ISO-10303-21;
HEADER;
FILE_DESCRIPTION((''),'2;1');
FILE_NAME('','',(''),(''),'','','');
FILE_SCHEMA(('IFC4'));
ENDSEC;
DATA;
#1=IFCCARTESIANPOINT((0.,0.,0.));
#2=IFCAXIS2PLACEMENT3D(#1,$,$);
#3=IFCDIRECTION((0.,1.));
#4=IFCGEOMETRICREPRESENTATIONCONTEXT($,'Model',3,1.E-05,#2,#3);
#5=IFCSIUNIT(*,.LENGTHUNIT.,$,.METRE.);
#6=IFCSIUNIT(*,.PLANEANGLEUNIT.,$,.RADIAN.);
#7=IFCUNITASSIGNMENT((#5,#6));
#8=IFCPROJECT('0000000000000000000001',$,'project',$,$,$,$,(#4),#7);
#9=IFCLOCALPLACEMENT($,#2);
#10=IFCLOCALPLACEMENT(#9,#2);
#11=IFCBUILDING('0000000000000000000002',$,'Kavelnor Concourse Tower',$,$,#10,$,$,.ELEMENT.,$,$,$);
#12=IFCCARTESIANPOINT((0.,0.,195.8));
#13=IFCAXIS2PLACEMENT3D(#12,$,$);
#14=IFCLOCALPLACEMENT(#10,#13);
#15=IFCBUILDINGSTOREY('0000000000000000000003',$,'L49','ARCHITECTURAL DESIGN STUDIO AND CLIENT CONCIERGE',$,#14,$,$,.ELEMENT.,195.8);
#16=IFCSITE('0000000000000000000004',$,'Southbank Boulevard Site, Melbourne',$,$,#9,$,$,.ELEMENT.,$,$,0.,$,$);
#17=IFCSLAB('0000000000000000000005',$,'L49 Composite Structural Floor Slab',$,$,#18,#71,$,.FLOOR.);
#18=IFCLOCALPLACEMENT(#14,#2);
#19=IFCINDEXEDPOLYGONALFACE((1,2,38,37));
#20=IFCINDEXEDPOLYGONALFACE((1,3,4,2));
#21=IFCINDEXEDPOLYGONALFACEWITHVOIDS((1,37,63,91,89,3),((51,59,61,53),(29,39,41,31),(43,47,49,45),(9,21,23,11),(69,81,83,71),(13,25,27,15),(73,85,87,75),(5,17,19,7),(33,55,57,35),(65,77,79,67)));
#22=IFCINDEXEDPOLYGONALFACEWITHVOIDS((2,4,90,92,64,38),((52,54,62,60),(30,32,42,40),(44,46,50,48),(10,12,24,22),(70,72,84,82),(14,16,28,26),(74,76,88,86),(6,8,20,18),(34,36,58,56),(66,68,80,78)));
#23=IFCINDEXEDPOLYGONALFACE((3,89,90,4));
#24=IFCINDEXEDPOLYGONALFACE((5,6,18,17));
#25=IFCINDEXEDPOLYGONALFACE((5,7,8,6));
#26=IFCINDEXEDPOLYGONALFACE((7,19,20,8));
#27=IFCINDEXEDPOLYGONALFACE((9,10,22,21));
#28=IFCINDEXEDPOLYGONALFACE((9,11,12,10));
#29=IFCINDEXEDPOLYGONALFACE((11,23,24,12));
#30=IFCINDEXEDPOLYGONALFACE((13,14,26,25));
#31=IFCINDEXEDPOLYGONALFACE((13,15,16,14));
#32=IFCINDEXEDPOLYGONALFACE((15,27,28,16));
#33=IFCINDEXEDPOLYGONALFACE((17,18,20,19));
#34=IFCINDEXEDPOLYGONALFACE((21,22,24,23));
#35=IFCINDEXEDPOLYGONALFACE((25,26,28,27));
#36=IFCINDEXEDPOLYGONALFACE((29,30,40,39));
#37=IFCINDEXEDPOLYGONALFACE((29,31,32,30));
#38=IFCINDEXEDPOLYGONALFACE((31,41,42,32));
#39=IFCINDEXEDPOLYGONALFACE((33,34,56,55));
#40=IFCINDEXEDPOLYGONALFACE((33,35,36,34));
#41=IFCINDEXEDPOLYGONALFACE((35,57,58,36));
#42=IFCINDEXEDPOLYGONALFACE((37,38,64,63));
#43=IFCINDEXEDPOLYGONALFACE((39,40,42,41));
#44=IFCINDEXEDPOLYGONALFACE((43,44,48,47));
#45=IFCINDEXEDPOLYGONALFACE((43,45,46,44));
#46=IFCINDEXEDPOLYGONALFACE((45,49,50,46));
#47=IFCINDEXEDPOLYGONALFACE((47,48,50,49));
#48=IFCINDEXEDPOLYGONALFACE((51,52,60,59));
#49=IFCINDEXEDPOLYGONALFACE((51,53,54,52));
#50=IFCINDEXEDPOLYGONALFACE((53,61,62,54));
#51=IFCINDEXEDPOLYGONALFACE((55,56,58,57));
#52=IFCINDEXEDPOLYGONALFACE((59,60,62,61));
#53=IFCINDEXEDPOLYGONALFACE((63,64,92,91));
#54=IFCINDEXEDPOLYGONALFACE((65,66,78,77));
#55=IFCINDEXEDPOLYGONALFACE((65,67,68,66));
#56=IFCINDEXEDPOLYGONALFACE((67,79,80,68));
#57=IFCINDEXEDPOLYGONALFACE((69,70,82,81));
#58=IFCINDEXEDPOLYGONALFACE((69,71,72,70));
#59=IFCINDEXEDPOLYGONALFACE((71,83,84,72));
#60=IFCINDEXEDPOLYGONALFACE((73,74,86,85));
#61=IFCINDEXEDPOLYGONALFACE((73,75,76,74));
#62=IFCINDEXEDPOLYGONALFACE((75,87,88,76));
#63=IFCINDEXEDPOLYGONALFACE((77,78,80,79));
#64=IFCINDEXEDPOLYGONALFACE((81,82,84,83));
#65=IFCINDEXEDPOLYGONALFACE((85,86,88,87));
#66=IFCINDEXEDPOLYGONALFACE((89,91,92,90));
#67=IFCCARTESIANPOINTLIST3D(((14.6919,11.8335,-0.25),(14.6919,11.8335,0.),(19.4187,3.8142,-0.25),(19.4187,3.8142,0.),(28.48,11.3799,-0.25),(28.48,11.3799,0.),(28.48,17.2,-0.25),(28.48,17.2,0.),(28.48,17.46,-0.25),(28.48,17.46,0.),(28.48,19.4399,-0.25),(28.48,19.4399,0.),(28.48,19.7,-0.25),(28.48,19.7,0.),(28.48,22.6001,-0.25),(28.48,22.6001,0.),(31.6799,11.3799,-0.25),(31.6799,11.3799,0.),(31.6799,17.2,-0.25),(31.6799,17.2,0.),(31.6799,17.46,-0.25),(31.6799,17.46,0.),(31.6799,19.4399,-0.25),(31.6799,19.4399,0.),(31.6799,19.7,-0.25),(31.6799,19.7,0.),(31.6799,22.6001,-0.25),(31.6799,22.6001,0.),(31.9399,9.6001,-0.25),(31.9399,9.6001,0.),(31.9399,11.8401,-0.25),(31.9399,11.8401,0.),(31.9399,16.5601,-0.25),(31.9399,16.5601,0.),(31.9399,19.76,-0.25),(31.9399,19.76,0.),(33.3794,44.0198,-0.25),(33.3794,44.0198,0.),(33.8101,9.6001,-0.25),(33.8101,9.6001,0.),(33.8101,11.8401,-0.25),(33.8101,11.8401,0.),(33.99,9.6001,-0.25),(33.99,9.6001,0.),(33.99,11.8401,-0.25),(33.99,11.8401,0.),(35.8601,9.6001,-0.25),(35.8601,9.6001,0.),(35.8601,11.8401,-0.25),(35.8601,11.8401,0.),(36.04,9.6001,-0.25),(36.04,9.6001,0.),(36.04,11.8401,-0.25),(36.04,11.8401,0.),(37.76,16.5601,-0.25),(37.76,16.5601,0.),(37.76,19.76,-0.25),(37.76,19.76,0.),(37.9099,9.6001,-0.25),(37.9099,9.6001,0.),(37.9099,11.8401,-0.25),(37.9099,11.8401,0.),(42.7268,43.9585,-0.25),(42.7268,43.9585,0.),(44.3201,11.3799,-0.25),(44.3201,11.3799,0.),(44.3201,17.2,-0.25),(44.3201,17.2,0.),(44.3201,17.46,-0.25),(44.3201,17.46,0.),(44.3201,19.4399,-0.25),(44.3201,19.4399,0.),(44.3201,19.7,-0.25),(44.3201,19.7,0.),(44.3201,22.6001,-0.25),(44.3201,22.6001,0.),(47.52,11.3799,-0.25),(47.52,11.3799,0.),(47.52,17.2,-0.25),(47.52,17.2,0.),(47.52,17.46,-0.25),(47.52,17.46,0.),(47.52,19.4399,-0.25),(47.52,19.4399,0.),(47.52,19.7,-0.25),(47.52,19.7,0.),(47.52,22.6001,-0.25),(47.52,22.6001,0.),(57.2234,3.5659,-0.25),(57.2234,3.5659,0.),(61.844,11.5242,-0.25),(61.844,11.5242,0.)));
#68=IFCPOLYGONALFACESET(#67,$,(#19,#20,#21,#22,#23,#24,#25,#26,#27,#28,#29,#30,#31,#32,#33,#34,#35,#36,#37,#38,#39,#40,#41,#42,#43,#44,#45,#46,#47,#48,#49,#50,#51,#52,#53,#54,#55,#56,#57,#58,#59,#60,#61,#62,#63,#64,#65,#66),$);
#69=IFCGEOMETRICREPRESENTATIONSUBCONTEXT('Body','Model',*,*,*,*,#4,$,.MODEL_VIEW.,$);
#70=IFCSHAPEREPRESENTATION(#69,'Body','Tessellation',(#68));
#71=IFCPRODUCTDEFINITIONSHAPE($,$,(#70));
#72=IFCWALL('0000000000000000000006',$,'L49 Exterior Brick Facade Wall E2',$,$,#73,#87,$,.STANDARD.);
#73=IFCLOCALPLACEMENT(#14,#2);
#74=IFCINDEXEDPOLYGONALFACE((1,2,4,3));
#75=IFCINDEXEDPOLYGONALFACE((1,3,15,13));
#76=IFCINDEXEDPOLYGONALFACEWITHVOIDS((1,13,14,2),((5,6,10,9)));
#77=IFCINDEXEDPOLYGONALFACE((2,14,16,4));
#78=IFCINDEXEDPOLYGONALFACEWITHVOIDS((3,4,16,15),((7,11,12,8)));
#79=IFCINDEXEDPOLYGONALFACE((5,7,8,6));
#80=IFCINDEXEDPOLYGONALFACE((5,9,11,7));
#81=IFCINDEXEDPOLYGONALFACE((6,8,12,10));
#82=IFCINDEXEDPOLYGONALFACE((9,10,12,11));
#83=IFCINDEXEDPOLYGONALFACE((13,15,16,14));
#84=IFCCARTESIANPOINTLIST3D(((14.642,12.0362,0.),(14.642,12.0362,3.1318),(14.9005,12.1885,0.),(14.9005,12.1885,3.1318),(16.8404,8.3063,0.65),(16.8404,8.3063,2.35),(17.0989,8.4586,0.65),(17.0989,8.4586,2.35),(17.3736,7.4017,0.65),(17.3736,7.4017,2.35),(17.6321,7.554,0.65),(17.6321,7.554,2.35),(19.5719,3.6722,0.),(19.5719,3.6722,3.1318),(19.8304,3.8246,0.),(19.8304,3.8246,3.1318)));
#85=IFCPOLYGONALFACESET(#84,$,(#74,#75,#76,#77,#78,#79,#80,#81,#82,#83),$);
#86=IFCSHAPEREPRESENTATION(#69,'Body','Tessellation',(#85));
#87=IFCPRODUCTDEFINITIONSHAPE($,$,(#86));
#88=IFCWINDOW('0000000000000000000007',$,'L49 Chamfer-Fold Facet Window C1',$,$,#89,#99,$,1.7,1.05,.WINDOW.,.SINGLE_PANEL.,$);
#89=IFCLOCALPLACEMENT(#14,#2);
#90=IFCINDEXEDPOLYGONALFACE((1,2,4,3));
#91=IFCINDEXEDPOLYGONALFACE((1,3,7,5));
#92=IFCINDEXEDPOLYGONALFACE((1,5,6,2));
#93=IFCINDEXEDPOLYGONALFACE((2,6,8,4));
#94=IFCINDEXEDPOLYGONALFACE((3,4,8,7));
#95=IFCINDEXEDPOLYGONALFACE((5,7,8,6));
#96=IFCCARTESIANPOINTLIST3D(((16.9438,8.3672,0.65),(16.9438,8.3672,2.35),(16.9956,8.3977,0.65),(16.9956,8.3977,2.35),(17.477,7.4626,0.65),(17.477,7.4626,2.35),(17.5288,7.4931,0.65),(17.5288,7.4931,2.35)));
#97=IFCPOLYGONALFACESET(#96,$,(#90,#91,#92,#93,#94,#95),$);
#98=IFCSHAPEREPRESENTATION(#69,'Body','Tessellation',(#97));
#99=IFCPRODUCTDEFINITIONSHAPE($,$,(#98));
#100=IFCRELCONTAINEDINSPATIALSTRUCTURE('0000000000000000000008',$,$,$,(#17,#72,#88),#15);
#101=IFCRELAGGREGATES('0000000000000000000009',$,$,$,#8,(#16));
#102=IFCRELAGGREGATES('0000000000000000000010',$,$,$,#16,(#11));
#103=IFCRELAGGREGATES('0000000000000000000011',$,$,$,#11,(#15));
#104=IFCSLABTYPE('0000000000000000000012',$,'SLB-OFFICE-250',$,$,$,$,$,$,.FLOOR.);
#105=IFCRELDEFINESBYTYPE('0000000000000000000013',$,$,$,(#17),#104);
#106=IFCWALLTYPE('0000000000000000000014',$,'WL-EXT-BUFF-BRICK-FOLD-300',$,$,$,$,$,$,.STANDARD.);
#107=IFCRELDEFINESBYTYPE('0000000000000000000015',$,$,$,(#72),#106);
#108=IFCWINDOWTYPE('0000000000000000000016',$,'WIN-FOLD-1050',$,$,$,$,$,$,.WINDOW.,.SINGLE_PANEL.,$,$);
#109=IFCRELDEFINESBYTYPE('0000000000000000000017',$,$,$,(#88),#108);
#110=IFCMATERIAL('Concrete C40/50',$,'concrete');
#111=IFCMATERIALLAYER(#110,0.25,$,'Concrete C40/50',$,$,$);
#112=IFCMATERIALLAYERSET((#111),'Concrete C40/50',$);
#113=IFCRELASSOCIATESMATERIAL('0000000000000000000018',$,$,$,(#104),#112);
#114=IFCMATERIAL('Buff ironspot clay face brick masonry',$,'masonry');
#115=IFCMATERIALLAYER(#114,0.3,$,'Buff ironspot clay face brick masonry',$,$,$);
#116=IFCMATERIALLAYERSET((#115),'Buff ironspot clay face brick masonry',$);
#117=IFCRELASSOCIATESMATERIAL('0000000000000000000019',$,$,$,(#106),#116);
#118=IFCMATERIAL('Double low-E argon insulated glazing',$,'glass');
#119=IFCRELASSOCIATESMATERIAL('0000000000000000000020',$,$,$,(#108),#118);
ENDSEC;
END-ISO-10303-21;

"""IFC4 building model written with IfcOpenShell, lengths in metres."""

from ifc_helpers import new_model, si_unit, direction, frame, frame_2d, origin, place, context, subcontext, project, spatial, polyline, rectangle, outline, extrude, material, layer, layer_set, type_object, element, fill, save


model = new_model("IFC4")

# Units and contexts
model_context = context("Model", 3, precision=1e-05, world=origin(), true_north=direction((0.0, 1.0)))
body_context = subcontext(model_context, "Body", "Model", "MODEL_VIEW")
ifc_project = project(units=[si_unit("LENGTHUNIT", "METRE"), si_unit("PLANEANGLEUNIT", "RADIAN")], contexts=[model_context])

# Site, building, storey
site_placement = place(None, origin())
site = spatial("IfcSite", under=ifc_project, at=site_placement, Name="Southbank Boulevard Site, Melbourne", CompositionType="ELEMENT", RefElevation=0.0)
building_placement = place(site_placement, origin())
building = spatial("IfcBuilding", under=site, at=building_placement, Name="Kavelnor Concourse Tower", CompositionType="ELEMENT")
storey_placement = place(building_placement, frame((0.0, 0.0, 195.8)))
storey = spatial("IfcBuildingStorey", under=building, at=storey_placement, Name="L49", Description="ARCHITECTURAL DESIGN STUDIO AND CLIENT CONCIERGE", CompositionType="ELEMENT", Elevation=195.8)

# Shared definitions
ifc_material_1 = material(Name="Concrete C40/50", Category="concrete")

# Slab
ifc_layer_1 = layer(ifc_material_1, 0.25, Name="Concrete C40/50")
ifc_layer_set_1 = layer_set([ifc_layer_1], Name="Concrete C40/50")
slab_type_1 = type_object("IfcSlabType", Name="SLB-OFFICE-250", PredefinedType="FLOOR", material=ifc_layer_set_1)
slab_1_placement = place(storey_placement, frame((0.0, 0.0, -0.25)))
element("IfcSlab", 1, at=slab_1_placement, inside=storey, type_object=slab_type_1, Name="L49 Composite Structural Floor Slab", PredefinedType="FLOOR", context=body_context, shape_type="SweptSolid", body=[
    extrude(outline(polyline([(42.7268, 43.9585), (33.3794, 44.0198), (14.6919, 11.8335), (19.4187, 3.8142), (57.2234, 3.5659), (61.844, 11.5242), (42.7268, 43.9585)]), holes=[polyline([(28.48, 11.3799), (31.6799, 11.3799), (31.6799, 17.2), (28.48, 17.2), (28.48, 11.3799)]), polyline([(44.3201, 11.3799), (47.52, 11.3799), (47.52, 17.2), (44.3201, 17.2), (44.3201, 11.3799)]), polyline([(31.9399, 16.5601), (37.76, 16.5601), (37.76, 19.76), (31.9399, 19.76), (31.9399, 16.5601)]), polyline([(28.48, 19.7), (31.6799, 19.7), (31.6799, 22.6001), (28.48, 22.6001), (28.48, 19.7)]), polyline([(44.3201, 19.7), (47.52, 19.7), (47.52, 22.6001), (44.3201, 22.6001), (44.3201, 19.7)]), polyline([(31.9399, 9.6001), (33.8101, 9.6001), (33.8101, 11.8401), (31.9399, 11.8401), (31.9399, 9.6001)]), polyline([(33.99, 9.6001), (35.8601, 9.6001), (35.8601, 11.8401), (33.99, 11.8401), (33.99, 9.6001)]), polyline([(36.04, 9.6001), (37.9099, 9.6001), (37.9099, 11.8401), (36.04, 11.8401), (36.04, 9.6001)]), polyline([(28.48, 17.46), (31.6799, 17.46), (31.6799, 19.4399), (28.48, 19.4399), (28.48, 17.46)]), polyline([(44.3201, 17.46), (47.52, 17.46), (47.52, 19.4399), (44.3201, 19.4399), (44.3201, 17.46)])]), origin(), (0.0, 0.0, 1.0), 0.25),
])

# Wall, opening, window
ifc_material_2 = material(Name="Buff ironspot clay face brick masonry", Category="masonry")
ifc_layer_2 = layer(ifc_material_2, 0.3, Name="Buff ironspot clay face brick masonry")
ifc_layer_set_2 = layer_set([ifc_layer_2], Name="Buff ironspot clay face brick masonry")
wall_type_1 = type_object("IfcWallType", Name="WL-EXT-BUFF-BRICK-FOLD-300", PredefinedType="STANDARD", material=ifc_layer_set_2)
wall_1_placement = place(storey_placement, frame((19.7012, 3.7483, 0.0), z_axis=(0.0, 0.0, 1.0), x_axis=(-0.507779, 0.861487, 0.0)))
wall_1 = element("IfcWall", 2, at=wall_1_placement, inside=storey, type_object=wall_type_1, Name="L49 Exterior Brick Facade Wall E2", PredefinedType="STANDARD", context=body_context, shape_type="SweptSolid", body=[
    extrude(rectangle(XDim=9.7087, YDim=0.3, at=frame_2d((4.8545, 0.0))), origin(), (0.0, 0.0, 1.0), 3.1318),
])
opening_1_placement = place(wall_1_placement, frame((4.3293, 0.0, 0.6499)))
opening_1 = element("IfcOpeningElement", 3, at=opening_1_placement, cuts=wall_1, PredefinedType="OPENING", context=body_context, shape_type="SweptSolid", body=[
    extrude(rectangle(XDim=1.05, YDim=1.7, at=frame_2d((0.5249, 0.8501))), frame((0.0, 0.1602, 0.0), z_axis=(0.0, -1.0, 0.0), x_axis=(1.0, 0.0, 0.0)), (0.0, 0.0, 1.0), 0.3201),
])
ifc_material_3 = material(Name="Double low-E argon insulated glazing", Category="glass")
window_type_1 = type_object("IfcWindowType", Name="WIN-FOLD-1050", PartitioningType="SINGLE_PANEL", PredefinedType="WINDOW", material=ifc_material_3)
window_1_placement = place(opening_1_placement, origin())
window_1 = element("IfcWindow", 4, at=window_1_placement, inside=storey, type_object=window_type_1, Name="L49 Chamfer-Fold Facet Window C1", OverallHeight=1.7, OverallWidth=1.05, PartitioningType="SINGLE_PANEL", PredefinedType="WINDOW", context=body_context, shape_type="SweptSolid", body=[
    extrude(rectangle(XDim=1.05, YDim=1.7, at=frame_2d((0.5249, 0.8501))), frame((0.0, 0.03, 0.0), z_axis=(0.0, -1.0, 0.0), x_axis=(1.0, 0.0, 0.0)), (0.0, 0.0, 1.0), 0.0601),
])
fill(opening_1, window_1)

save(model, "model.ifc")
